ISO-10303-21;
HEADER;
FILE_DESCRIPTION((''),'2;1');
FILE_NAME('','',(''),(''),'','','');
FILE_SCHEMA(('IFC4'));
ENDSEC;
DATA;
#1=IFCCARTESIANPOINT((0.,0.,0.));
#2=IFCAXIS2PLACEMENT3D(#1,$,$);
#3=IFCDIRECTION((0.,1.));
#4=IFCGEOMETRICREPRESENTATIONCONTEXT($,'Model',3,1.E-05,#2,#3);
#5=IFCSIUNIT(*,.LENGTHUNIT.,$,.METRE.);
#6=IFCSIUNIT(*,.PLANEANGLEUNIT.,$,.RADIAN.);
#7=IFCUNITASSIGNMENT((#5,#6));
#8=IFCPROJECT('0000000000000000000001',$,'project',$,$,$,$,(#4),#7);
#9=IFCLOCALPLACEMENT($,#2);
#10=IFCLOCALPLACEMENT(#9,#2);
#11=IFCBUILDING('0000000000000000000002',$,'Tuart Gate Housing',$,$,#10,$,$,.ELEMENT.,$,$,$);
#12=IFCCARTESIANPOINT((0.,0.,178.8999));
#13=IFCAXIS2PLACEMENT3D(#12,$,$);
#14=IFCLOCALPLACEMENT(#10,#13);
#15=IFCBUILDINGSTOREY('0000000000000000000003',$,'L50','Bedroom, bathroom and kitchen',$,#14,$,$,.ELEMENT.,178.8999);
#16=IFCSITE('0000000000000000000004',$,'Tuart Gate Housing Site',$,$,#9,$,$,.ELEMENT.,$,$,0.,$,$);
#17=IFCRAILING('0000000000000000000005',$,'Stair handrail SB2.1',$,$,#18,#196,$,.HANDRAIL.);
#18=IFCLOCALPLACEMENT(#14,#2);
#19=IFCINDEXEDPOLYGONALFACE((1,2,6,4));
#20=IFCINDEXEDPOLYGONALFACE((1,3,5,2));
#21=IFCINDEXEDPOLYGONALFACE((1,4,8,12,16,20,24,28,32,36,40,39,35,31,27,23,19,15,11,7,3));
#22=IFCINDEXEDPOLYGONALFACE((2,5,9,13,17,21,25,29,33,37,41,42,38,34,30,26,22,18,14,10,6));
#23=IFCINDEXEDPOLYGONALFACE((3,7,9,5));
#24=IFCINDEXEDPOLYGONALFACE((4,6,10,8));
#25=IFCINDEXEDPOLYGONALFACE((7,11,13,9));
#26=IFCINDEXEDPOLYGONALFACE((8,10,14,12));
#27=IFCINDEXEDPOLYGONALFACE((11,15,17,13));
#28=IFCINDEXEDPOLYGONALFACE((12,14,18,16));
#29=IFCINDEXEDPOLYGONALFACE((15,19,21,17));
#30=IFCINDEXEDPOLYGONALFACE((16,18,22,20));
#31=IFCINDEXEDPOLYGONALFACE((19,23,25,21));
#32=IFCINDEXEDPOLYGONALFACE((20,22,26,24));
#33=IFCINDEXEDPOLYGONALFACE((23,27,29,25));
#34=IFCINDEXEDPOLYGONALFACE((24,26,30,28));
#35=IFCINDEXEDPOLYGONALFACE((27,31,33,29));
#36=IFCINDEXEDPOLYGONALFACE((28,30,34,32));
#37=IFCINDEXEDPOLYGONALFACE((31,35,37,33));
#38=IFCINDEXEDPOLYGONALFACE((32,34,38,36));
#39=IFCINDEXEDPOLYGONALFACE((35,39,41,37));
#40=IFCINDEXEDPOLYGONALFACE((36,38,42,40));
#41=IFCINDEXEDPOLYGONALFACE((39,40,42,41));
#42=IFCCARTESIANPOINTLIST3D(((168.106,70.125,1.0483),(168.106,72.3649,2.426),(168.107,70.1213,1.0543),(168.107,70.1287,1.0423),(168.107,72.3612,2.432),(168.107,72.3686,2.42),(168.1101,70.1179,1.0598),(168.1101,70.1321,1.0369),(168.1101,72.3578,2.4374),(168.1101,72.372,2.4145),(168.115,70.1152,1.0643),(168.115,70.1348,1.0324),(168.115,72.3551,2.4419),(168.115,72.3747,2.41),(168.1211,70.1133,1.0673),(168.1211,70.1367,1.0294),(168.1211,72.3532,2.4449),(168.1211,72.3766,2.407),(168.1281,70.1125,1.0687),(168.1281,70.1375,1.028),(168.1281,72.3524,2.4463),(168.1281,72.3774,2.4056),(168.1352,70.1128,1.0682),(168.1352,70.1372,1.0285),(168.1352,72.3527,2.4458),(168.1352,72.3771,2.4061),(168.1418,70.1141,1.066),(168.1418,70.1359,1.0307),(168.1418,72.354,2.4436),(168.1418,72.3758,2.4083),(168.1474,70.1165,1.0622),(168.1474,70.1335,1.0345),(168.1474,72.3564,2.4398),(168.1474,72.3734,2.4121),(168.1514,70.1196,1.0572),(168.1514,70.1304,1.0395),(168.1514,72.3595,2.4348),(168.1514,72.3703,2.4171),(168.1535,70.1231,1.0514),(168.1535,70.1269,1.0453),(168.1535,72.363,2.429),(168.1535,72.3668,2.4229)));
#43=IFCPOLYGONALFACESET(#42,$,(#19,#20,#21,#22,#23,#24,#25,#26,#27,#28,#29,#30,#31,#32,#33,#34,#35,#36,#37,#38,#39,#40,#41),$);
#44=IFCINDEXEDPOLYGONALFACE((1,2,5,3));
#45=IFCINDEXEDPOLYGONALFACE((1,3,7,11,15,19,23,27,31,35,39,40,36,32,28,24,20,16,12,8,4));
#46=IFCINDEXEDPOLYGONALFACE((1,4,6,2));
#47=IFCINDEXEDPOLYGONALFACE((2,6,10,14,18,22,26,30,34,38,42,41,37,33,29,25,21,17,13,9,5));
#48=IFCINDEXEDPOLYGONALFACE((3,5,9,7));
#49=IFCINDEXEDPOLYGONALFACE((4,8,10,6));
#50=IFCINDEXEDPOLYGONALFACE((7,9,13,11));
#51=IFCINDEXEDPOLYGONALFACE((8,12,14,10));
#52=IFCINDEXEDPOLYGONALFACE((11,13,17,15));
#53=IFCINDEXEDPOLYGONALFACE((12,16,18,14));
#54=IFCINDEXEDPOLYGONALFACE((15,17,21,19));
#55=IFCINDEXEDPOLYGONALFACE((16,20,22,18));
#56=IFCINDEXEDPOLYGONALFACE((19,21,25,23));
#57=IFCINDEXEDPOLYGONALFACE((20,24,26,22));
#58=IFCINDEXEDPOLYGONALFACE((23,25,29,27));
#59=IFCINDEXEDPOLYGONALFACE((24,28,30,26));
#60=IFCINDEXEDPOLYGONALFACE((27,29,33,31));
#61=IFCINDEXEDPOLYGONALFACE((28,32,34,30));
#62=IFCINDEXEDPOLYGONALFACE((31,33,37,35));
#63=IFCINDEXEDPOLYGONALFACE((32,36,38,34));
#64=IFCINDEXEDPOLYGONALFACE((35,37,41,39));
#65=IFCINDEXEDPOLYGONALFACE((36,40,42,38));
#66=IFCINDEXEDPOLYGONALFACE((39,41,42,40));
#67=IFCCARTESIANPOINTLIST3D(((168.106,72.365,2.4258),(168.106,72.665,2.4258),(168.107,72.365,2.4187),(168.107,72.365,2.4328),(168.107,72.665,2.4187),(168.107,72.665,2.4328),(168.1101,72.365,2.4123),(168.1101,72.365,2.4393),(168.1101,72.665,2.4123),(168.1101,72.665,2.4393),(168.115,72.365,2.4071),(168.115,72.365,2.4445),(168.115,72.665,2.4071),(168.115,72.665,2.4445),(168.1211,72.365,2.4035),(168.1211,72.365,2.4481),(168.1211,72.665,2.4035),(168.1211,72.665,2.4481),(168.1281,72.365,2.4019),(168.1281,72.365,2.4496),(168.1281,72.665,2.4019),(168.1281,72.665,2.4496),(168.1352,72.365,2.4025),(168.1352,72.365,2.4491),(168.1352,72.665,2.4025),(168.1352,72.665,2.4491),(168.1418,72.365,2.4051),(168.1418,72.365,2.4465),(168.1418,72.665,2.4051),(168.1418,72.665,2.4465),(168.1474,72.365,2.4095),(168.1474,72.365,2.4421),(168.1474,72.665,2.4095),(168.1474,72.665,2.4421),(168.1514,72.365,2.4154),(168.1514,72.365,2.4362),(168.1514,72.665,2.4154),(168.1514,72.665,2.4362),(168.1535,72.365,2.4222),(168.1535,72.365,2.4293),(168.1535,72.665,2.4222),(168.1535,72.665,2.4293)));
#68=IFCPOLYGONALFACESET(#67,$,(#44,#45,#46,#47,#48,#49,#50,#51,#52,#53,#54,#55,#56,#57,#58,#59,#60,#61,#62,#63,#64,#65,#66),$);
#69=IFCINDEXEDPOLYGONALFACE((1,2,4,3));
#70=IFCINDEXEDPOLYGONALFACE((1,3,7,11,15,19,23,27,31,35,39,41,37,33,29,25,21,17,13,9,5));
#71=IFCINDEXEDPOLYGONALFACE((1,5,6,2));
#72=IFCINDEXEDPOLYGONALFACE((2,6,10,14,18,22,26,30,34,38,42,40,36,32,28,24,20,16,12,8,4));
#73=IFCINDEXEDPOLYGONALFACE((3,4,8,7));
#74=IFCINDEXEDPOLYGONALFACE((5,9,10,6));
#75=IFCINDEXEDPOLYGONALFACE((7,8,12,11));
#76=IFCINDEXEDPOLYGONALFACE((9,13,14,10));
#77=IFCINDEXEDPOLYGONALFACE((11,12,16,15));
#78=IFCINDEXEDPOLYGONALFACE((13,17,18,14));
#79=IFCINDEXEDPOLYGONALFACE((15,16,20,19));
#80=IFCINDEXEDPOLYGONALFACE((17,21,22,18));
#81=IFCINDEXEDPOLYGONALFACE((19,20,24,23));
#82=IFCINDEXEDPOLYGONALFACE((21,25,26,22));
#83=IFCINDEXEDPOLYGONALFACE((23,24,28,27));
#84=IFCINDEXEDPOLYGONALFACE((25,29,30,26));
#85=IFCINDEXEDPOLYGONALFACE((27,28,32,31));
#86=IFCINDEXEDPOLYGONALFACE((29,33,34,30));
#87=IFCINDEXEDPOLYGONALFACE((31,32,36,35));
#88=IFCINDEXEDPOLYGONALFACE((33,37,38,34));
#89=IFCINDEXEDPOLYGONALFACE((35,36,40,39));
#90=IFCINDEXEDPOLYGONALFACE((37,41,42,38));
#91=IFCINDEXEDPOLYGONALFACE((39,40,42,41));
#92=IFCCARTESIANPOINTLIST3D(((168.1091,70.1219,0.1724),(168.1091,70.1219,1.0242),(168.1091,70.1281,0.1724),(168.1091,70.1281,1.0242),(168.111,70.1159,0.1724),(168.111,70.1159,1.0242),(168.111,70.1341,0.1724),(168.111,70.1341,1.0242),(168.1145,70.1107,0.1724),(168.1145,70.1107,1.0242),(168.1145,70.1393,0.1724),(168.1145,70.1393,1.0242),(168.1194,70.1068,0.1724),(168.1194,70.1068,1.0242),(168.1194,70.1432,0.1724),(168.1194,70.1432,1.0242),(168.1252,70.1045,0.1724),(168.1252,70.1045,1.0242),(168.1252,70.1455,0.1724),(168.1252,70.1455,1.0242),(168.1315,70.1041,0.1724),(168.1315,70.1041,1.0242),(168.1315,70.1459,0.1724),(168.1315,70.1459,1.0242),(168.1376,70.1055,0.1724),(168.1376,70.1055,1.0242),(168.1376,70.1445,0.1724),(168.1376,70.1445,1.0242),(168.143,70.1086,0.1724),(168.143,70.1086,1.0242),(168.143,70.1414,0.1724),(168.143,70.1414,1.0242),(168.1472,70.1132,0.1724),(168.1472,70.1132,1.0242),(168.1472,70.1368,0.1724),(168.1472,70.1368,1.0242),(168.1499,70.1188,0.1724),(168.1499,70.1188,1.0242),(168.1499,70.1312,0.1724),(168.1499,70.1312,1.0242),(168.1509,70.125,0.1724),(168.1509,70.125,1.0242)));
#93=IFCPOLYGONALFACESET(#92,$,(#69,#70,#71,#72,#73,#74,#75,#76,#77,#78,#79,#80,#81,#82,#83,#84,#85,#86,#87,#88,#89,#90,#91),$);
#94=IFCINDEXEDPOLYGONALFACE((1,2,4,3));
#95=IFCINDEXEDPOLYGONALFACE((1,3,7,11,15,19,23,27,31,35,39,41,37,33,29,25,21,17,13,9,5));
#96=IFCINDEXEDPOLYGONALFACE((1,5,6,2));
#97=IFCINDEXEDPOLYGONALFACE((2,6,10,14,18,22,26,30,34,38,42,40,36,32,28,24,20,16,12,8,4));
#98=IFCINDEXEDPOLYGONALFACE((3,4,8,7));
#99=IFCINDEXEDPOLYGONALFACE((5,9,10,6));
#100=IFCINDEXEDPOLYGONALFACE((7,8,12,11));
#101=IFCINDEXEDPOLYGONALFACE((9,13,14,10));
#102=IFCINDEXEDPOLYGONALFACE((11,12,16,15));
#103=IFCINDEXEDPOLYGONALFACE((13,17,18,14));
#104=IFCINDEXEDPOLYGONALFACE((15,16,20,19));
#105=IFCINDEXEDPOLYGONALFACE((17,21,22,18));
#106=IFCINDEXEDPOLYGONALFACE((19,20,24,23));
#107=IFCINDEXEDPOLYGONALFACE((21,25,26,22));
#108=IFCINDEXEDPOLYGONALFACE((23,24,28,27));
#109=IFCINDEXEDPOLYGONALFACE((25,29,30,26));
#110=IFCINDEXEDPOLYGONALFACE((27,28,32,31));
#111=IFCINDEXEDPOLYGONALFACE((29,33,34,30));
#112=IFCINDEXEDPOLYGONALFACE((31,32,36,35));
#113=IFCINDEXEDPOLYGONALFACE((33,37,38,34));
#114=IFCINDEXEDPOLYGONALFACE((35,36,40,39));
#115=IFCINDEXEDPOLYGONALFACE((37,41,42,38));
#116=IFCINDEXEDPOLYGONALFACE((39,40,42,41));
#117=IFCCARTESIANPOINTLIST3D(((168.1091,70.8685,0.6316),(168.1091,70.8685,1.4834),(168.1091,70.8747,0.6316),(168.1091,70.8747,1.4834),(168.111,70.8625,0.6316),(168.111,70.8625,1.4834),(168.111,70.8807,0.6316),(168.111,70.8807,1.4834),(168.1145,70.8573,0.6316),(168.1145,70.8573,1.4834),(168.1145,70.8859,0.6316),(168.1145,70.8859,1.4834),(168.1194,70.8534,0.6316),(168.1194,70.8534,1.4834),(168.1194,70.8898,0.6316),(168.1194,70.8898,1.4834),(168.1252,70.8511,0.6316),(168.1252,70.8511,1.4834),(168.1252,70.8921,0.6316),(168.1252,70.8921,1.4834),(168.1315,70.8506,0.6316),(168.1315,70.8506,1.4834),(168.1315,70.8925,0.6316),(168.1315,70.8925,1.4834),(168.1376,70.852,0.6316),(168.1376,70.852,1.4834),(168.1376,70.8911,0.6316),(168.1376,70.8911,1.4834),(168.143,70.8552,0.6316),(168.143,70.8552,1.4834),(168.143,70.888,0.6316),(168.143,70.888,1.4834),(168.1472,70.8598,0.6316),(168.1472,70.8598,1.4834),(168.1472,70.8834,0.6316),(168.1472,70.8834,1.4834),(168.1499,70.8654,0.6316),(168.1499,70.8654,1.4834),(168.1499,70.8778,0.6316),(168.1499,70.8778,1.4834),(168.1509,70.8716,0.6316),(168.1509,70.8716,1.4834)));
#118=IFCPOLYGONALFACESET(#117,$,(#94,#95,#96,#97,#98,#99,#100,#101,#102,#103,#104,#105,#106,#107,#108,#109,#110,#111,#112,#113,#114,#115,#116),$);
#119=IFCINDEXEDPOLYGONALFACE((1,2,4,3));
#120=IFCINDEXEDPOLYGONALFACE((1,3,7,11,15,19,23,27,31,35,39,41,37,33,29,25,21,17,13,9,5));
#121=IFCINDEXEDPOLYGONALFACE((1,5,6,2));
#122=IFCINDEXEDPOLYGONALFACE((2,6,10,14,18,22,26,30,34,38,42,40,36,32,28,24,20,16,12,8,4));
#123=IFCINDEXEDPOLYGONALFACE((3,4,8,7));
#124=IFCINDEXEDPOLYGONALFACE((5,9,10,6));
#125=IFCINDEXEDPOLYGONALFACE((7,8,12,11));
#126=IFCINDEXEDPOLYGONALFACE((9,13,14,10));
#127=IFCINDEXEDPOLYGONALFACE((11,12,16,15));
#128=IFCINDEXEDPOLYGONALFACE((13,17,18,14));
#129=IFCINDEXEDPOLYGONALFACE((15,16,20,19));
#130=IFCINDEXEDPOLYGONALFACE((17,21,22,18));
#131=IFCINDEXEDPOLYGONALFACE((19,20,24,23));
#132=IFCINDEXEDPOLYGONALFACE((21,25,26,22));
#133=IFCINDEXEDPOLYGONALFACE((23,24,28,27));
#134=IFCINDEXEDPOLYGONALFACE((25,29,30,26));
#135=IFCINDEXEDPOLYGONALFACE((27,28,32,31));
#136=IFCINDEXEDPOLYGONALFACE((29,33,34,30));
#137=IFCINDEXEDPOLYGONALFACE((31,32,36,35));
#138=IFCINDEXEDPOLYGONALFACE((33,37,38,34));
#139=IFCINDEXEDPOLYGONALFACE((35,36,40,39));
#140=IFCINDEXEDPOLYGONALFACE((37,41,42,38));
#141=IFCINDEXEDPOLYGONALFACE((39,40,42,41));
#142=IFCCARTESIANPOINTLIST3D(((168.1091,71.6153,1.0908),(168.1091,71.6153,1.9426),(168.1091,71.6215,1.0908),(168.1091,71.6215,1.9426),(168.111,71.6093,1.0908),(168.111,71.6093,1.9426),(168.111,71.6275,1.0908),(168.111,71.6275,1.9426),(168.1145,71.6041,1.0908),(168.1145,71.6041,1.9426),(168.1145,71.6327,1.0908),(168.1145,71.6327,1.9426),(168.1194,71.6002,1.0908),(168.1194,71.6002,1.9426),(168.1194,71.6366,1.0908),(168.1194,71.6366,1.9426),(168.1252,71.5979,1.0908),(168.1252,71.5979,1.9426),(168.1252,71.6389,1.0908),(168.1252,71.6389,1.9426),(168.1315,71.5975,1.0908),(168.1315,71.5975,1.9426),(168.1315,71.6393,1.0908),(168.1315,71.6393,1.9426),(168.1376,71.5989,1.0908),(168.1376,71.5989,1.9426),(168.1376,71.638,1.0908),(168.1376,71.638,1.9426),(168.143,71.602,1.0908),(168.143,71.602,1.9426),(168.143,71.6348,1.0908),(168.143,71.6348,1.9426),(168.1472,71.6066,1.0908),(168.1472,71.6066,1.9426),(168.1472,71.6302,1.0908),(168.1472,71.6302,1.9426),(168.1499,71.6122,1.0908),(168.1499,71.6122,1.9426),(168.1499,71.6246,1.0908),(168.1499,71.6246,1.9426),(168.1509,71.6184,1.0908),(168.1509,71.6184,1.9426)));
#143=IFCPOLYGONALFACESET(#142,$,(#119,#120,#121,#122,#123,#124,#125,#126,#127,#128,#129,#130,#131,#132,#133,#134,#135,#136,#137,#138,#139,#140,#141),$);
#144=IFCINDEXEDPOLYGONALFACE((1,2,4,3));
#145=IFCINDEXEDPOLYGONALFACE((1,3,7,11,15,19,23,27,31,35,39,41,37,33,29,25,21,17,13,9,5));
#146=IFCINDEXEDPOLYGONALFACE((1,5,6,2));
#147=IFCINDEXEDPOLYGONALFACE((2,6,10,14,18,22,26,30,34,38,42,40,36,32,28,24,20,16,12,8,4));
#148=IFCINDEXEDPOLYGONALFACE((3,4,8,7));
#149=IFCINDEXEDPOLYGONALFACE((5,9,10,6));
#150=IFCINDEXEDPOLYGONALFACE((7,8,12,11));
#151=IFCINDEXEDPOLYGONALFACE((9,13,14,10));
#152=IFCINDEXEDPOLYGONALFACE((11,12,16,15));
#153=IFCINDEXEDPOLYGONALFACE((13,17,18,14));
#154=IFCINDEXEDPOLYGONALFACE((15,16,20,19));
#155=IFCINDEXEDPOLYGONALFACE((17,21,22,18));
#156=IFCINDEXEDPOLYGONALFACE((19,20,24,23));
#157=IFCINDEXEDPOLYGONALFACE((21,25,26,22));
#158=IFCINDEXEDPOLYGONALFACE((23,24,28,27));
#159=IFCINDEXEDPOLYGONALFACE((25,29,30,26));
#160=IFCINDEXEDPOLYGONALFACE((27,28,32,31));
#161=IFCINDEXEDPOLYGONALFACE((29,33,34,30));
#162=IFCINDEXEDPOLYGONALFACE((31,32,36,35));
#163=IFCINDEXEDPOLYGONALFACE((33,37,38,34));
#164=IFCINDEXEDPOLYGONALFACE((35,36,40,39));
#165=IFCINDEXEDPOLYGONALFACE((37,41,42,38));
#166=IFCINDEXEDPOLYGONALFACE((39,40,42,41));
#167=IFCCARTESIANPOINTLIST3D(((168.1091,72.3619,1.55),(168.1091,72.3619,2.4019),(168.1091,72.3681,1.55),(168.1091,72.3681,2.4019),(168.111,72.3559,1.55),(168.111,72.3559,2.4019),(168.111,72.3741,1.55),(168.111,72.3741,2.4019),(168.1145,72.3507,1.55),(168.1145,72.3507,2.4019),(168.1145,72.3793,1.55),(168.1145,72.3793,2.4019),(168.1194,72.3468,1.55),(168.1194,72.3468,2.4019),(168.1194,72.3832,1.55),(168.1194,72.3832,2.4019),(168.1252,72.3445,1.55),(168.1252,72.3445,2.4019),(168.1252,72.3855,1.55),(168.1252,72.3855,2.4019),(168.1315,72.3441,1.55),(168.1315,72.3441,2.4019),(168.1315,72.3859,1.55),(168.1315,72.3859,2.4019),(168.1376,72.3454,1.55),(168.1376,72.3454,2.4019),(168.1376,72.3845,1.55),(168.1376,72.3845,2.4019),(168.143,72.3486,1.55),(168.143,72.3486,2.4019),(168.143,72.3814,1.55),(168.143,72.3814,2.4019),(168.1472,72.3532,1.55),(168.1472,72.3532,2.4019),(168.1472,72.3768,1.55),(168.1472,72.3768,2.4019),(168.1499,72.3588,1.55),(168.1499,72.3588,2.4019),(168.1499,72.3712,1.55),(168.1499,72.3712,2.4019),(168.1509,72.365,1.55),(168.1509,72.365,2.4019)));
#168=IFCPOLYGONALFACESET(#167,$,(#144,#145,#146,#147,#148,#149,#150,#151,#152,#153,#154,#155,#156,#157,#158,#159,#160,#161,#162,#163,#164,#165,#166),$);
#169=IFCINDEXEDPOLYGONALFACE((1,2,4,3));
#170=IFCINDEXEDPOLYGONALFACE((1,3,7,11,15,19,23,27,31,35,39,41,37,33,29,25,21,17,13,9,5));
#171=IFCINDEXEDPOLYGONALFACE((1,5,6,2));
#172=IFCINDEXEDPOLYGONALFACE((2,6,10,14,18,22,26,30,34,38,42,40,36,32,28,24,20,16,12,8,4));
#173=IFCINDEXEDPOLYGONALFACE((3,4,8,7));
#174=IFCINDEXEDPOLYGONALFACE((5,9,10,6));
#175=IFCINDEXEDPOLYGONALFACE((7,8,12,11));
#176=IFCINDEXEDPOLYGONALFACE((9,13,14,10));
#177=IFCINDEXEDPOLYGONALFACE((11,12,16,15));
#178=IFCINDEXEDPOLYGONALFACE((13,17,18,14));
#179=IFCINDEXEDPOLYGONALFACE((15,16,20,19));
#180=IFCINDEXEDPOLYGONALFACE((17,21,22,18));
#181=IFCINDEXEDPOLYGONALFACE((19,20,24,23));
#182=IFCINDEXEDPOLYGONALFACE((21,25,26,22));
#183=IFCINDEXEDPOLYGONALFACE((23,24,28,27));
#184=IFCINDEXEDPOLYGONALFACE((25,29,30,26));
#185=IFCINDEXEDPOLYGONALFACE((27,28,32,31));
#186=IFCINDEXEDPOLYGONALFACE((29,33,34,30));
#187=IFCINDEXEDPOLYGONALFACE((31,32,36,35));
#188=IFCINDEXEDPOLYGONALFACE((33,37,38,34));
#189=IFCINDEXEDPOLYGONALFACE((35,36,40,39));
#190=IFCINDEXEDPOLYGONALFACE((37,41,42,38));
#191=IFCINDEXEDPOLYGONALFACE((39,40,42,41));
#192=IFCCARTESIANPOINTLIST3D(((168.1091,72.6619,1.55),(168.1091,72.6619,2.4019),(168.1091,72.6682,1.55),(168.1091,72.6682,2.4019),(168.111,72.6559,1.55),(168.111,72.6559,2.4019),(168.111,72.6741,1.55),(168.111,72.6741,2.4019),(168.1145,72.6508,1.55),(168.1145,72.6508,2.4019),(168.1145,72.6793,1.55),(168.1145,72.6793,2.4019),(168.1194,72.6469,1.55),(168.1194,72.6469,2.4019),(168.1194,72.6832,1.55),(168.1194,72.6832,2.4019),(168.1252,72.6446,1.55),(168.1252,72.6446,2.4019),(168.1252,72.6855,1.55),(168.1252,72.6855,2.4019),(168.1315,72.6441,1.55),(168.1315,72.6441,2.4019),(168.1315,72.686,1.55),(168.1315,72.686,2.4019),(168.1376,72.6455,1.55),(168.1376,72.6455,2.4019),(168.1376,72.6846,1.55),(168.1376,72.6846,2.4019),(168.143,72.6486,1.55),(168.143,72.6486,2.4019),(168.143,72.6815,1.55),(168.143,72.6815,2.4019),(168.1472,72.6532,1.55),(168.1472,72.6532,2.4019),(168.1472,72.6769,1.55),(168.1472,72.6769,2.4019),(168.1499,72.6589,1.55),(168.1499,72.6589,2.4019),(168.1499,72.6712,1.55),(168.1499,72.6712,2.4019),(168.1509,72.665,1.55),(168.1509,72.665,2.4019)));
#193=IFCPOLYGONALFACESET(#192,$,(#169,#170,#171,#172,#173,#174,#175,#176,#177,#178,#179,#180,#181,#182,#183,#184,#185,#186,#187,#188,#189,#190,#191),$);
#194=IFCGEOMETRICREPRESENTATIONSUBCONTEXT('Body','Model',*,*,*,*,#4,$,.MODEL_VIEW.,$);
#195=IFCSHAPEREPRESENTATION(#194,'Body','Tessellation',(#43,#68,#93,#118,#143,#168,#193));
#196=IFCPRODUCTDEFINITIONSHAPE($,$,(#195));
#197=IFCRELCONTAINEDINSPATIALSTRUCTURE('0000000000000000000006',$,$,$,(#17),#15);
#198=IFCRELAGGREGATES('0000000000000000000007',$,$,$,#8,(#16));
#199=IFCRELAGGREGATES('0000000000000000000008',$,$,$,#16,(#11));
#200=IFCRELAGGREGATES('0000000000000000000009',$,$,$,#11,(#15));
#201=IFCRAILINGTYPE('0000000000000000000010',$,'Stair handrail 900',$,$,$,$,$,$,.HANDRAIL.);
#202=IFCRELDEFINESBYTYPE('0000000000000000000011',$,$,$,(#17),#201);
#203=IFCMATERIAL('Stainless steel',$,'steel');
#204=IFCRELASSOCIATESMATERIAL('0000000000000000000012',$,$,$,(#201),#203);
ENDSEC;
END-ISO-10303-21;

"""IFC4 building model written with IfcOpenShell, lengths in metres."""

from ifc_helpers import new_model, si_unit, direction, frame, origin, origin_2d, place, context, subcontext, project, spatial, circle, extrude, material, type_object, element, save


model = new_model("IFC4")

# Units and contexts
model_context = context("Model", 3, precision=1e-05, world=origin(), true_north=direction((0.0, 1.0)))
body_context = subcontext(model_context, "Body", "Model", "MODEL_VIEW")
ifc_project = project(units=[si_unit("LENGTHUNIT", "METRE"), si_unit("PLANEANGLEUNIT", "RADIAN")], contexts=[model_context])

# Site, building, storey
site_placement = place(None, origin())
site = spatial("IfcSite", under=ifc_project, at=site_placement, Name="Tuart Gate Housing Site", CompositionType="ELEMENT", RefElevation=0.0)
building_placement = place(site_placement, origin())
building = spatial("IfcBuilding", under=site, at=building_placement, Name="Tuart Gate Housing", CompositionType="ELEMENT")
storey_placement = place(building_placement, frame((0.0, 0.0, 178.8999)))
storey = spatial("IfcBuildingStorey", under=building, at=storey_placement, Name="L50", Description="Bedroom, bathroom and kitchen", CompositionType="ELEMENT", Elevation=178.8999)

# Railing
ifc_material_1 = material(Name="Stainless steel", Category="steel")
railing_type = type_object("IfcRailingType", Name="Stair handrail 900", PredefinedType="HANDRAIL", material=ifc_material_1)
railing_placement = place(storey_placement, frame((168.1299, 70.125, 0.1724)))
element("IfcRailing", 1, at=railing_placement, inside=storey, type_object=railing_type, Name="Stair handrail SB2.1", PredefinedType="HANDRAIL", context=body_context, shape_type="SweptSolid", body=[
    extrude(circle(Radius=0.0239, at=origin_2d()), frame((0.0, 0.0, 0.876), z_axis=(0.0, 0.851789, 0.523885), x_axis=(-1.0, 0.0, 0.0)), (0.0, 0.0, 1.0), 2.6296),
    extrude(circle(Radius=0.0239, at=origin_2d()), frame((0.0, 2.24, 2.2534), z_axis=(0.0, 1.0, 0.0), x_axis=(-1.0, 0.0, 0.0)), (0.0, 0.0, 1.0), 0.3),
    extrude(circle(Radius=0.021, at=origin_2d()), origin(), (0.0, 0.0, 1.0), 0.8518),
    extrude(circle(Radius=0.021, at=origin_2d()), frame((0.0, 0.7466, 0.4592)), (0.0, 0.0, 1.0), 0.8518),
    extrude(circle(Radius=0.021, at=origin_2d()), frame((0.0, 1.4934, 0.9185)), (0.0, 0.0, 1.0), 0.8518),
    extrude(circle(Radius=0.021, at=origin_2d()), frame((0.0, 2.24, 1.3777)), (0.0, 0.0, 1.0), 0.8518),
    extrude(circle(Radius=0.021, at=origin_2d()), frame((0.0, 2.54, 1.3777)), (0.0, 0.0, 1.0), 0.8518),
])

save(model, "model.ifc")
